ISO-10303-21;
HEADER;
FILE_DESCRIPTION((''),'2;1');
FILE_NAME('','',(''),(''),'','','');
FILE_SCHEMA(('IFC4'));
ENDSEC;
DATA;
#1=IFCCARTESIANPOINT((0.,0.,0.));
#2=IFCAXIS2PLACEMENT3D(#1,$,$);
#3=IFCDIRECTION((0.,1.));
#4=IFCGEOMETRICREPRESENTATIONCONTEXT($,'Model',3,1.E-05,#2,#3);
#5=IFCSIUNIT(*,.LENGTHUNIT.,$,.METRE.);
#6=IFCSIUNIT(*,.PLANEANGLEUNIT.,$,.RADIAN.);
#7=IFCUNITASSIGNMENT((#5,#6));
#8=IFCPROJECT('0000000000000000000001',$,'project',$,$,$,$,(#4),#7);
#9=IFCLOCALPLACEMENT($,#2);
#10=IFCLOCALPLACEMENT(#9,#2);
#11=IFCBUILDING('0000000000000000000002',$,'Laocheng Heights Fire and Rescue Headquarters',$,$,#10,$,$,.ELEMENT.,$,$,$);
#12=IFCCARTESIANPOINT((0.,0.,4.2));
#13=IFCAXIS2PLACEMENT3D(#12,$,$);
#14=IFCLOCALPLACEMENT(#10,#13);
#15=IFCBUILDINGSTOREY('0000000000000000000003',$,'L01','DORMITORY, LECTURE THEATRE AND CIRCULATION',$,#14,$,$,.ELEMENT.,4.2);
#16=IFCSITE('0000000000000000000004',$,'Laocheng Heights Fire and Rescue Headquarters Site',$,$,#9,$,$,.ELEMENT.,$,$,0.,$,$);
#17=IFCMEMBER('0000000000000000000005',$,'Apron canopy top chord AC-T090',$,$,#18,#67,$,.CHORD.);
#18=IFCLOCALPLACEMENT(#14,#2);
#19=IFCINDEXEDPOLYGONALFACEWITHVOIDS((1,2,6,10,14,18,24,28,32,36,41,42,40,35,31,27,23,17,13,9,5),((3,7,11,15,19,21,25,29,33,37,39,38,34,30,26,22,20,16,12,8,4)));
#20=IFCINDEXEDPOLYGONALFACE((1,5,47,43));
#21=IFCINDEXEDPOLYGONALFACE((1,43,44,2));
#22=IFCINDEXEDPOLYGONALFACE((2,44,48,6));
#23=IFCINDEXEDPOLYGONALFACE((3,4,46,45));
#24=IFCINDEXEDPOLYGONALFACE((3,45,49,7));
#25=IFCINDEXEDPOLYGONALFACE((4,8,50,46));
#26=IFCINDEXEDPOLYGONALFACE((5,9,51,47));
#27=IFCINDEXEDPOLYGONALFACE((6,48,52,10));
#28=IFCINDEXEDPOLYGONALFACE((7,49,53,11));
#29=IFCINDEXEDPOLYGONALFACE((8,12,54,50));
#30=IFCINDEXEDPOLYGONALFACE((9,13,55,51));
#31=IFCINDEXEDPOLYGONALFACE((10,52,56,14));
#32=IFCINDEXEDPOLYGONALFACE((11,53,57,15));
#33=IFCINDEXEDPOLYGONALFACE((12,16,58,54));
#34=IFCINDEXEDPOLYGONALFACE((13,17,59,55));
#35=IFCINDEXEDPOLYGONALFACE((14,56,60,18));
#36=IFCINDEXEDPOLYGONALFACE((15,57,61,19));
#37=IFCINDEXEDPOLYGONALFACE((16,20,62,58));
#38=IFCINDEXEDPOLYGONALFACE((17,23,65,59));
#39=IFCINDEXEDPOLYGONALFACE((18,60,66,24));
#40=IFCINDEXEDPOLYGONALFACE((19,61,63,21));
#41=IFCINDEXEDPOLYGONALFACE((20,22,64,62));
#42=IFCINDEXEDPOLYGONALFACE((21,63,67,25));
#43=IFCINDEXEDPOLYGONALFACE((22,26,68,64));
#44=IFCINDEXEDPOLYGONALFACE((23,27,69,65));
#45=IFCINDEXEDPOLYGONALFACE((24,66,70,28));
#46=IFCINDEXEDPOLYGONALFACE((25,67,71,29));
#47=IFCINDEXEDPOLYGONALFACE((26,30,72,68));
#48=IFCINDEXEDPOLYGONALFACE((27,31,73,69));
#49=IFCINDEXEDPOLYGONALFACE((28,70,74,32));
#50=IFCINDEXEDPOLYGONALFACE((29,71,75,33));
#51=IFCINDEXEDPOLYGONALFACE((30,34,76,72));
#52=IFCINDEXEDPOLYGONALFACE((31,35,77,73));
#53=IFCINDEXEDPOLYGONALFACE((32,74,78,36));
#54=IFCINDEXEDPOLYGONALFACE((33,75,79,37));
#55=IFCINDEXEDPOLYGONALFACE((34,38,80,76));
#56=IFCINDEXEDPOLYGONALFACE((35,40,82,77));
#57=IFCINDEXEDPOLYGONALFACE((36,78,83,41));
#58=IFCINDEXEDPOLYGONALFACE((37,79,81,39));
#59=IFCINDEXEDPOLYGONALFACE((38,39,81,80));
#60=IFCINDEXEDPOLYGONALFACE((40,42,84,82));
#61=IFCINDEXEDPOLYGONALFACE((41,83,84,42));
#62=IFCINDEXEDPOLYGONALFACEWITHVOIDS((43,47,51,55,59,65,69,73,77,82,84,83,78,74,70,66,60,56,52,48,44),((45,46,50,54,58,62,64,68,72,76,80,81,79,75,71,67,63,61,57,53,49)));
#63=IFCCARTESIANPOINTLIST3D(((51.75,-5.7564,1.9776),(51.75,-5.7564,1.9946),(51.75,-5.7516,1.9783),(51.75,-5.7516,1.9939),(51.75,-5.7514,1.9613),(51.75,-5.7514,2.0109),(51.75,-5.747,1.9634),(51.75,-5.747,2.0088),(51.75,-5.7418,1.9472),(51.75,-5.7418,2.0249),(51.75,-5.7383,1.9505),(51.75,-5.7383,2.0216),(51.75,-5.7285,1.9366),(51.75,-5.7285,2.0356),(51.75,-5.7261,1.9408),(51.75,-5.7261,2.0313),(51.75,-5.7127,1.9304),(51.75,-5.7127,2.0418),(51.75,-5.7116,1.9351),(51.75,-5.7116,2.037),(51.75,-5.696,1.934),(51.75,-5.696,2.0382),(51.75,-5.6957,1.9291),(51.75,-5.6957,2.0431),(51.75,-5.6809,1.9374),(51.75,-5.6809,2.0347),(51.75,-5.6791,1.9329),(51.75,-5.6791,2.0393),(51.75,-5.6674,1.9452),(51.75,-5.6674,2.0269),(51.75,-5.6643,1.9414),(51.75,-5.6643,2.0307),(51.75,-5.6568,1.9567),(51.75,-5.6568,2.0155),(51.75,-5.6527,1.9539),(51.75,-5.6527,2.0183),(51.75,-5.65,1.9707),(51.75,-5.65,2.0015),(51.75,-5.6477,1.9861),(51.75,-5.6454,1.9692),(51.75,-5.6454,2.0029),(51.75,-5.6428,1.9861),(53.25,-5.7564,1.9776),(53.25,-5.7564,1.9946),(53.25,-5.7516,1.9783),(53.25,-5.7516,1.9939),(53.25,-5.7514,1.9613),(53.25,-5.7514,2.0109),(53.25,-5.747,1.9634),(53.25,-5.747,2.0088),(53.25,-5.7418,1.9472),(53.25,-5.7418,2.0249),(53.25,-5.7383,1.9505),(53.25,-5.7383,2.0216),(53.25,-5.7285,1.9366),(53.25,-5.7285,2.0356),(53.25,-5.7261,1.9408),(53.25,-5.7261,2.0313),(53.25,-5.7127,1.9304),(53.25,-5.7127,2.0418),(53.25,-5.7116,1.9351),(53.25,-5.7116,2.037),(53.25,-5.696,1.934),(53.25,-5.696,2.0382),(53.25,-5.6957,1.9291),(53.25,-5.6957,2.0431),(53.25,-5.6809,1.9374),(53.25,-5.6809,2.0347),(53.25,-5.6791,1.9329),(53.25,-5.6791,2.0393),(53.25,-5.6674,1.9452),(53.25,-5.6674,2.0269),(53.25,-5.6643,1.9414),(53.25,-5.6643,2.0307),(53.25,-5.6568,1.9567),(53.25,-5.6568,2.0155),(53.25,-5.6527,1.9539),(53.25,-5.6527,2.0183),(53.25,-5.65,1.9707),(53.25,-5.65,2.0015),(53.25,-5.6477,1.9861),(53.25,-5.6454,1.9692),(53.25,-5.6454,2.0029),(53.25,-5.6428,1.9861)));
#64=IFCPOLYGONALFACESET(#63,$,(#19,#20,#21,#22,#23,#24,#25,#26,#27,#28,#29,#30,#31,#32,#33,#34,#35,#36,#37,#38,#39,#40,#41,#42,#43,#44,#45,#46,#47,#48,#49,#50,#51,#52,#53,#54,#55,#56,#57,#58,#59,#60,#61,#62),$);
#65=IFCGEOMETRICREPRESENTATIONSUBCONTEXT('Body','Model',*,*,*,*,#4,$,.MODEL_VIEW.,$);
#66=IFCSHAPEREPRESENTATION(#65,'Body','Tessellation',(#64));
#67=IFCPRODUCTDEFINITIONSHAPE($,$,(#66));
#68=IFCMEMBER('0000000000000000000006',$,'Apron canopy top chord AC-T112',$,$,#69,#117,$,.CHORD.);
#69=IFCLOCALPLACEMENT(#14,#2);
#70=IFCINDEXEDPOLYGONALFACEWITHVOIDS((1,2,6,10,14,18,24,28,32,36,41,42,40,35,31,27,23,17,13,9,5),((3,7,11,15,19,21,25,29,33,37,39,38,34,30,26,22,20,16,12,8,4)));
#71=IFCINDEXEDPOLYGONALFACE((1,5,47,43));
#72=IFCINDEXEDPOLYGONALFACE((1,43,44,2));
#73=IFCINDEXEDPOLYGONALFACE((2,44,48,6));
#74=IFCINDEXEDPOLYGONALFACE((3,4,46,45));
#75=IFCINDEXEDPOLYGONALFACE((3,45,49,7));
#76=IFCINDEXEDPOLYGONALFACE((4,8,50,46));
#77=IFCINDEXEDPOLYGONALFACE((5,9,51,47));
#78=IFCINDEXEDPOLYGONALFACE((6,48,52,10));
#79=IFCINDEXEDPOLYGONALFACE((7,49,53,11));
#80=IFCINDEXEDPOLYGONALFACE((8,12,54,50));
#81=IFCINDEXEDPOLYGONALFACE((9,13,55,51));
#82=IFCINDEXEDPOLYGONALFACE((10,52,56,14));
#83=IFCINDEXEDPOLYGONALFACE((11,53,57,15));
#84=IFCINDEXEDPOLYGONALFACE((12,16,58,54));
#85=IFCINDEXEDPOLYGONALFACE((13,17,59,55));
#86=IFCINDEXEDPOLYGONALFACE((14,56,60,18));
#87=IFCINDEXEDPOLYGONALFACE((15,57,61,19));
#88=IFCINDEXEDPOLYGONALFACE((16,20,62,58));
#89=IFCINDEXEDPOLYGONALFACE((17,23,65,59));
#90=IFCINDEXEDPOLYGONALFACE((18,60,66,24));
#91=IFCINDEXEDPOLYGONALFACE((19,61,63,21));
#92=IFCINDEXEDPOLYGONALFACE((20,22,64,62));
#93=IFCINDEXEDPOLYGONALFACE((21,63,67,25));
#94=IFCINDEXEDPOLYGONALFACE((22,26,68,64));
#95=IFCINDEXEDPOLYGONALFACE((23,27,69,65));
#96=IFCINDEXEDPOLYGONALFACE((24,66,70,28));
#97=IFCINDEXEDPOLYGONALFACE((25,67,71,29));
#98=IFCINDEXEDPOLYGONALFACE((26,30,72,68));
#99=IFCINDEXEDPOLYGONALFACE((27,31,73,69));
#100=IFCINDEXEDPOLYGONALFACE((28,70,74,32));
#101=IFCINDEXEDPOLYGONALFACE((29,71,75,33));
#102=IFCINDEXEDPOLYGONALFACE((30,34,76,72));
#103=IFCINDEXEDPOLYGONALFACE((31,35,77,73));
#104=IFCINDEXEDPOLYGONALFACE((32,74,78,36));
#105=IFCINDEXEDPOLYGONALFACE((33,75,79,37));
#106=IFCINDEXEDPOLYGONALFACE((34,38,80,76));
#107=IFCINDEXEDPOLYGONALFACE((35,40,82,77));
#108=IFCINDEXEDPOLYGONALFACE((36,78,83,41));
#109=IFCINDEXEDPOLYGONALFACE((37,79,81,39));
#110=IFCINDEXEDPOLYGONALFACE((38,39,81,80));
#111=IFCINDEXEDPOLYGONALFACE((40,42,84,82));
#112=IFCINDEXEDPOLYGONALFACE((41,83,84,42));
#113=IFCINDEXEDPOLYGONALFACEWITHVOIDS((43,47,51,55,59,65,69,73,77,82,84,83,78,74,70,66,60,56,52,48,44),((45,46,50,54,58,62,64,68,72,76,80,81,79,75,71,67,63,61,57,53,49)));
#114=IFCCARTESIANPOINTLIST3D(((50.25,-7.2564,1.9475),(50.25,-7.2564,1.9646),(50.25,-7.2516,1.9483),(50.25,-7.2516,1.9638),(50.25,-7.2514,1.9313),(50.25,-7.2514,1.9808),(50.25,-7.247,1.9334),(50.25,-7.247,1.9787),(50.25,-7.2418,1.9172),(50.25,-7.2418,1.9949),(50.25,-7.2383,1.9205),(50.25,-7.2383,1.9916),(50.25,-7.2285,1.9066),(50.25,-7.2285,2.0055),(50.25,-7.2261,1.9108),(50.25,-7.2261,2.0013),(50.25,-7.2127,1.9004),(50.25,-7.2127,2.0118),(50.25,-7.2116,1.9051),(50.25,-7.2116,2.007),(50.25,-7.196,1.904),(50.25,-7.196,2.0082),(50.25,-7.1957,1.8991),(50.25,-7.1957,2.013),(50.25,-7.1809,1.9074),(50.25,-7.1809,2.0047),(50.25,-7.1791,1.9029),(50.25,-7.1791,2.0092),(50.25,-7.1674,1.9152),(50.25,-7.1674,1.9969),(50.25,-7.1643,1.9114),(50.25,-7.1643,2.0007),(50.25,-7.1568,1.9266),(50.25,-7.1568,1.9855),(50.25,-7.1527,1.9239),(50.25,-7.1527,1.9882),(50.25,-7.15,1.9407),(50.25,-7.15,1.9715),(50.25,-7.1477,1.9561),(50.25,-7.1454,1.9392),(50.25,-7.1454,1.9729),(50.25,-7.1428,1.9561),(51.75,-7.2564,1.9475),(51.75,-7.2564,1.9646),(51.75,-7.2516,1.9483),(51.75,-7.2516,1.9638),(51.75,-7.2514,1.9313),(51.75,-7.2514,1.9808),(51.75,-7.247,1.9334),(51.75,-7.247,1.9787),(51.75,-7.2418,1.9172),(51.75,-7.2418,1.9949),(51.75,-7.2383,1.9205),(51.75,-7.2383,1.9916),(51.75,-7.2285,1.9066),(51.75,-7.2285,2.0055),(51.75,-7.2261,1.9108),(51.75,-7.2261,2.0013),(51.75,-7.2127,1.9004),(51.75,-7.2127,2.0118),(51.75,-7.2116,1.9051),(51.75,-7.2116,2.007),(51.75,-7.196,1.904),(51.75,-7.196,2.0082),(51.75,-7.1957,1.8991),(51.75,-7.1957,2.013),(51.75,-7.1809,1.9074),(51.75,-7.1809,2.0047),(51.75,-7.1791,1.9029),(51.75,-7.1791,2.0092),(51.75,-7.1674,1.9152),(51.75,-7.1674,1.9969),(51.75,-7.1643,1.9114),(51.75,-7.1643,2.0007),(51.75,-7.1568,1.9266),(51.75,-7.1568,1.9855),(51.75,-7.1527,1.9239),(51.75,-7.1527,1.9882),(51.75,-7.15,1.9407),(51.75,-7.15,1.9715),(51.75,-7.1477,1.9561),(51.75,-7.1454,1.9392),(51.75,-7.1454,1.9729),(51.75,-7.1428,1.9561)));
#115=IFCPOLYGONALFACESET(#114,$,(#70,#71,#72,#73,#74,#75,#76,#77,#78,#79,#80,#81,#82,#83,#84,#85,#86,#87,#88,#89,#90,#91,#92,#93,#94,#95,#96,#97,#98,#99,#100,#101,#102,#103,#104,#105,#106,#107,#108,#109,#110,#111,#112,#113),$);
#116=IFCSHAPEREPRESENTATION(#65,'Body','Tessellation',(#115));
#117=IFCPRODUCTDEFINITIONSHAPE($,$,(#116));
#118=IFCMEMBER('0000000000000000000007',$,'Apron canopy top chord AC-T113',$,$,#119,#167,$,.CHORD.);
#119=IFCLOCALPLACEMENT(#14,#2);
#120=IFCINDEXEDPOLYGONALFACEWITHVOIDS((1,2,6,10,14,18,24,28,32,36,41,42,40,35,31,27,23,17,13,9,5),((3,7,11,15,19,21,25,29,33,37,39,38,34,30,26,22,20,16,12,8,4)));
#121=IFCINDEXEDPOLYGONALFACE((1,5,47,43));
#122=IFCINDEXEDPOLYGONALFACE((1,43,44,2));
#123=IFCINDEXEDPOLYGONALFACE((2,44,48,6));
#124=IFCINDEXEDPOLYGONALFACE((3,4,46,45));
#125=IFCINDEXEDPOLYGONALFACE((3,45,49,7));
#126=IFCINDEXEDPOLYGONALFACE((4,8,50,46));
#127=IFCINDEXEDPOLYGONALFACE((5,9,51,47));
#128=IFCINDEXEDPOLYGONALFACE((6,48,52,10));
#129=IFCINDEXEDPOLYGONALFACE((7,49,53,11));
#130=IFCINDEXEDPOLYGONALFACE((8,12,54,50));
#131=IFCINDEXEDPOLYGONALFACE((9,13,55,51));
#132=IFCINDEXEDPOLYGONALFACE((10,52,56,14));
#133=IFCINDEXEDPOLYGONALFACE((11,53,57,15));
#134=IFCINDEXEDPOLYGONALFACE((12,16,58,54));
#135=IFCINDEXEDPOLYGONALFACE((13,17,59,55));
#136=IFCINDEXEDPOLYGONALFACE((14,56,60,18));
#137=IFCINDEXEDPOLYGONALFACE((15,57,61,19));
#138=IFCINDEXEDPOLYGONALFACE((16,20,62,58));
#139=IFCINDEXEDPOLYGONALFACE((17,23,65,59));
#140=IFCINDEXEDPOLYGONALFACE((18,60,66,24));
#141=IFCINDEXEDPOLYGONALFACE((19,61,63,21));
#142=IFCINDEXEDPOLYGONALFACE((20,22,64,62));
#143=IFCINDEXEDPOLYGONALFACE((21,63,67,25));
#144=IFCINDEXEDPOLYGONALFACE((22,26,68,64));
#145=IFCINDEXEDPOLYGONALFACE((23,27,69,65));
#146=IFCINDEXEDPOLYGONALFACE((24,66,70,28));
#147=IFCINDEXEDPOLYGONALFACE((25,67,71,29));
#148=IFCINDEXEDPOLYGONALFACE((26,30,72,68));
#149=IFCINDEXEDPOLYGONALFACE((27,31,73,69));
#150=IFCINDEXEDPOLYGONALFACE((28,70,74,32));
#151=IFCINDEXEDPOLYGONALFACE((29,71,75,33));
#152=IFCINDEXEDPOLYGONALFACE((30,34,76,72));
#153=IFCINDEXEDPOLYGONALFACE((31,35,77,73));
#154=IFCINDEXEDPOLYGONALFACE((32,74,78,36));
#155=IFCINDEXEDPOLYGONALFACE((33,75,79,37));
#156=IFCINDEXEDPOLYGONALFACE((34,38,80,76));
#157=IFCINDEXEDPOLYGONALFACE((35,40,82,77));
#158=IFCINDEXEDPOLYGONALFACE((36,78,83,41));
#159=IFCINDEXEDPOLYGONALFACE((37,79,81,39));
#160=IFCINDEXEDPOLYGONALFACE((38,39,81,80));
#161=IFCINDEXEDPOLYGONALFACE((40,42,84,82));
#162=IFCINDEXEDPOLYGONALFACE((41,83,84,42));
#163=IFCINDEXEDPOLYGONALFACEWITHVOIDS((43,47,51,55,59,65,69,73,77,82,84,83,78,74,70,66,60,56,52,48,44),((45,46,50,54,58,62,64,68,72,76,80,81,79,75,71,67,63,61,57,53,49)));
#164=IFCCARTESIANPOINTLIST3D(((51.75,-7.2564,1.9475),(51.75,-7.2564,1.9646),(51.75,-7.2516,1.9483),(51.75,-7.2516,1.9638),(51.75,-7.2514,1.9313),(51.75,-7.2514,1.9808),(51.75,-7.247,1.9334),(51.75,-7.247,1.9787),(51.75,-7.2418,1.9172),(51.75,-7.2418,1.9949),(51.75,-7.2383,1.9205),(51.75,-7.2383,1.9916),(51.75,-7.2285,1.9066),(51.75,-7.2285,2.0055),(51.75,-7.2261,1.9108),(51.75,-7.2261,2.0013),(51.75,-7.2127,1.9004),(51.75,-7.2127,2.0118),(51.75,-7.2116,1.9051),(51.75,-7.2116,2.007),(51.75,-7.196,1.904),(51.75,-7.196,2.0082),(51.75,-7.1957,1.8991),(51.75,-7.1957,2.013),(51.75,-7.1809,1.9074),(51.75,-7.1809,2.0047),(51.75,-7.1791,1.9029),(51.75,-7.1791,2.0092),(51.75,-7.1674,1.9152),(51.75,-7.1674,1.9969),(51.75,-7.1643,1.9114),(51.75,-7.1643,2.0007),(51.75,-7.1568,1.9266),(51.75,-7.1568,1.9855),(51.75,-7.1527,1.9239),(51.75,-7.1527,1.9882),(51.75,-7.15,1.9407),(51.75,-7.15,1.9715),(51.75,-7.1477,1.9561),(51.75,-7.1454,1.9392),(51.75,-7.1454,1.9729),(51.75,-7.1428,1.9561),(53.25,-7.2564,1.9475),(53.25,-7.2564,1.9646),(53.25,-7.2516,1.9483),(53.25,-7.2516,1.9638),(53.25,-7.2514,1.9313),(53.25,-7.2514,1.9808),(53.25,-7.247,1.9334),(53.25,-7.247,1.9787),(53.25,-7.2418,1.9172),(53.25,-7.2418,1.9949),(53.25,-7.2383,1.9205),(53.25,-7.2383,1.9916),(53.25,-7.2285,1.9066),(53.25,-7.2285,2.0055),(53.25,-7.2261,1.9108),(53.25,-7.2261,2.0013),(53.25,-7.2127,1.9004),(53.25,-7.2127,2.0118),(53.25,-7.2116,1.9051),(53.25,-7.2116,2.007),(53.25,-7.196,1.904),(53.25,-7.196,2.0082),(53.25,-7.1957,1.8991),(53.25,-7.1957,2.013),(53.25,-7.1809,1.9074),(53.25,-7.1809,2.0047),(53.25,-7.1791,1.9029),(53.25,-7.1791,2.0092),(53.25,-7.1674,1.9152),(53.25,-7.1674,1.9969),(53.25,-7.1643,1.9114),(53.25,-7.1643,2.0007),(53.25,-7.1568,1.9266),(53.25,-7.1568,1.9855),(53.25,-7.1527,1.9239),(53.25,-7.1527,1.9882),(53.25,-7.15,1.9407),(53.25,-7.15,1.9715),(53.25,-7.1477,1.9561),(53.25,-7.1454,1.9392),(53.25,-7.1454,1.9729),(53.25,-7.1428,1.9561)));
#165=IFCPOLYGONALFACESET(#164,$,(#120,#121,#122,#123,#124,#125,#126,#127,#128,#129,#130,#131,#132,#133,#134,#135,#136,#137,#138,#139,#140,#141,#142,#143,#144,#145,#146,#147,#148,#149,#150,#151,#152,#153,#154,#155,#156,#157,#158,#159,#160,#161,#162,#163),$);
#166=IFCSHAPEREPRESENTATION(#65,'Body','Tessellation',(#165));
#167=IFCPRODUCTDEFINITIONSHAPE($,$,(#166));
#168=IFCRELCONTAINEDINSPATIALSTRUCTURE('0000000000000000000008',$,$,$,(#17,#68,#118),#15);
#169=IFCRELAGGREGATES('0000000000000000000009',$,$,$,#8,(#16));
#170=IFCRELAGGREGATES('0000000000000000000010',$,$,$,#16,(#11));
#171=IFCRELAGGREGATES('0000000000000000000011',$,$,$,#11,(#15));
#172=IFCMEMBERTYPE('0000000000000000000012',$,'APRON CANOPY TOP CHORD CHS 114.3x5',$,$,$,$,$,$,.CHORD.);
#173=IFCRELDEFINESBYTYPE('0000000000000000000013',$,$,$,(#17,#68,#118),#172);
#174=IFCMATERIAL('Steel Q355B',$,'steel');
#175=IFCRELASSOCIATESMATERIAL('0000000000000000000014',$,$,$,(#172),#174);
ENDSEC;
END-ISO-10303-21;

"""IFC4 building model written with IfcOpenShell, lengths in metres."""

from ifc_helpers import new_model, si_unit, direction, frame, origin, origin_2d, place, context, subcontext, project, spatial, hollow_circle, extrude, material, material_profile, profile_set, type_object, element, save


model = new_model("IFC4")

# Units and contexts
model_context = context("Model", 3, precision=1e-05, world=origin(), true_north=direction((0.0, 1.0)))
body_context = subcontext(model_context, "Body", "Model", "MODEL_VIEW")
ifc_project = project(units=[si_unit("LENGTHUNIT", "METRE"), si_unit("PLANEANGLEUNIT", "RADIAN")], contexts=[model_context])

# Site, building, storey
site_placement = place(None, origin())
site = spatial("IfcSite", under=ifc_project, at=site_placement, Name="Laocheng Heights Fire and Rescue Headquarters Site", CompositionType="ELEMENT", RefElevation=0.0)
building_placement = place(site_placement, origin())
building = spatial("IfcBuilding", under=site, at=building_placement, Name="Laocheng Heights Fire and Rescue Headquarters", CompositionType="ELEMENT")
storey_placement = place(building_placement, frame((0.0, 0.0, 4.2)))
storey = spatial("IfcBuildingStorey", under=building, at=storey_placement, Name="L01", Description="DORMITORY, LECTURE THEATRE AND CIRCULATION", CompositionType="ELEMENT", Elevation=4.2)

# Members
ifc_material_1 = material(Name="Steel Q355B", Category="steel")
ifc_material_profile_1 = material_profile(ifc_material_1, hollow_circle(Radius=0.0571, WallThickness=0.0049, at=origin_2d()), Name="CHS 114.3x5")
ifc_profile_set_1 = profile_set([ifc_material_profile_1], Name="Steel Q355B")
member_type_1 = type_object("IfcMemberType", Name="APRON CANOPY TOP CHORD CHS 114.3x5", PredefinedType="CHORD", material=ifc_profile_set_1)
for number, where, z_axis, x_axis, name in (
    (1, (51.75, -5.7, 1.9861), (1.0, 0.0, 0.0), (0.0, 1.0, 0.0), "Apron canopy top chord AC-T090"),
    (2, (50.25, -7.2, 1.9561), (1.0, 0.0, 0.0), (0.0, 1.0, 0.0), "Apron canopy top chord AC-T112"),
    (3, (51.75, -7.2, 1.9561), (1.0, 0.0, 0.0), (0.0, 1.0, 0.0), "Apron canopy top chord AC-T113"),
):
    element("IfcMember", number, at=place(storey_placement, frame(where, z_axis=z_axis, x_axis=x_axis)), inside=storey, type_object=member_type_1, Name=name, PredefinedType="CHORD", context=body_context, shape_type="SweptSolid", body=[
        extrude(hollow_circle(Radius=0.0571, WallThickness=0.0049, at=origin_2d()), origin(), (0.0, 0.0, 1.0), 1.5),
    ])

save(model, "model.ifc")
